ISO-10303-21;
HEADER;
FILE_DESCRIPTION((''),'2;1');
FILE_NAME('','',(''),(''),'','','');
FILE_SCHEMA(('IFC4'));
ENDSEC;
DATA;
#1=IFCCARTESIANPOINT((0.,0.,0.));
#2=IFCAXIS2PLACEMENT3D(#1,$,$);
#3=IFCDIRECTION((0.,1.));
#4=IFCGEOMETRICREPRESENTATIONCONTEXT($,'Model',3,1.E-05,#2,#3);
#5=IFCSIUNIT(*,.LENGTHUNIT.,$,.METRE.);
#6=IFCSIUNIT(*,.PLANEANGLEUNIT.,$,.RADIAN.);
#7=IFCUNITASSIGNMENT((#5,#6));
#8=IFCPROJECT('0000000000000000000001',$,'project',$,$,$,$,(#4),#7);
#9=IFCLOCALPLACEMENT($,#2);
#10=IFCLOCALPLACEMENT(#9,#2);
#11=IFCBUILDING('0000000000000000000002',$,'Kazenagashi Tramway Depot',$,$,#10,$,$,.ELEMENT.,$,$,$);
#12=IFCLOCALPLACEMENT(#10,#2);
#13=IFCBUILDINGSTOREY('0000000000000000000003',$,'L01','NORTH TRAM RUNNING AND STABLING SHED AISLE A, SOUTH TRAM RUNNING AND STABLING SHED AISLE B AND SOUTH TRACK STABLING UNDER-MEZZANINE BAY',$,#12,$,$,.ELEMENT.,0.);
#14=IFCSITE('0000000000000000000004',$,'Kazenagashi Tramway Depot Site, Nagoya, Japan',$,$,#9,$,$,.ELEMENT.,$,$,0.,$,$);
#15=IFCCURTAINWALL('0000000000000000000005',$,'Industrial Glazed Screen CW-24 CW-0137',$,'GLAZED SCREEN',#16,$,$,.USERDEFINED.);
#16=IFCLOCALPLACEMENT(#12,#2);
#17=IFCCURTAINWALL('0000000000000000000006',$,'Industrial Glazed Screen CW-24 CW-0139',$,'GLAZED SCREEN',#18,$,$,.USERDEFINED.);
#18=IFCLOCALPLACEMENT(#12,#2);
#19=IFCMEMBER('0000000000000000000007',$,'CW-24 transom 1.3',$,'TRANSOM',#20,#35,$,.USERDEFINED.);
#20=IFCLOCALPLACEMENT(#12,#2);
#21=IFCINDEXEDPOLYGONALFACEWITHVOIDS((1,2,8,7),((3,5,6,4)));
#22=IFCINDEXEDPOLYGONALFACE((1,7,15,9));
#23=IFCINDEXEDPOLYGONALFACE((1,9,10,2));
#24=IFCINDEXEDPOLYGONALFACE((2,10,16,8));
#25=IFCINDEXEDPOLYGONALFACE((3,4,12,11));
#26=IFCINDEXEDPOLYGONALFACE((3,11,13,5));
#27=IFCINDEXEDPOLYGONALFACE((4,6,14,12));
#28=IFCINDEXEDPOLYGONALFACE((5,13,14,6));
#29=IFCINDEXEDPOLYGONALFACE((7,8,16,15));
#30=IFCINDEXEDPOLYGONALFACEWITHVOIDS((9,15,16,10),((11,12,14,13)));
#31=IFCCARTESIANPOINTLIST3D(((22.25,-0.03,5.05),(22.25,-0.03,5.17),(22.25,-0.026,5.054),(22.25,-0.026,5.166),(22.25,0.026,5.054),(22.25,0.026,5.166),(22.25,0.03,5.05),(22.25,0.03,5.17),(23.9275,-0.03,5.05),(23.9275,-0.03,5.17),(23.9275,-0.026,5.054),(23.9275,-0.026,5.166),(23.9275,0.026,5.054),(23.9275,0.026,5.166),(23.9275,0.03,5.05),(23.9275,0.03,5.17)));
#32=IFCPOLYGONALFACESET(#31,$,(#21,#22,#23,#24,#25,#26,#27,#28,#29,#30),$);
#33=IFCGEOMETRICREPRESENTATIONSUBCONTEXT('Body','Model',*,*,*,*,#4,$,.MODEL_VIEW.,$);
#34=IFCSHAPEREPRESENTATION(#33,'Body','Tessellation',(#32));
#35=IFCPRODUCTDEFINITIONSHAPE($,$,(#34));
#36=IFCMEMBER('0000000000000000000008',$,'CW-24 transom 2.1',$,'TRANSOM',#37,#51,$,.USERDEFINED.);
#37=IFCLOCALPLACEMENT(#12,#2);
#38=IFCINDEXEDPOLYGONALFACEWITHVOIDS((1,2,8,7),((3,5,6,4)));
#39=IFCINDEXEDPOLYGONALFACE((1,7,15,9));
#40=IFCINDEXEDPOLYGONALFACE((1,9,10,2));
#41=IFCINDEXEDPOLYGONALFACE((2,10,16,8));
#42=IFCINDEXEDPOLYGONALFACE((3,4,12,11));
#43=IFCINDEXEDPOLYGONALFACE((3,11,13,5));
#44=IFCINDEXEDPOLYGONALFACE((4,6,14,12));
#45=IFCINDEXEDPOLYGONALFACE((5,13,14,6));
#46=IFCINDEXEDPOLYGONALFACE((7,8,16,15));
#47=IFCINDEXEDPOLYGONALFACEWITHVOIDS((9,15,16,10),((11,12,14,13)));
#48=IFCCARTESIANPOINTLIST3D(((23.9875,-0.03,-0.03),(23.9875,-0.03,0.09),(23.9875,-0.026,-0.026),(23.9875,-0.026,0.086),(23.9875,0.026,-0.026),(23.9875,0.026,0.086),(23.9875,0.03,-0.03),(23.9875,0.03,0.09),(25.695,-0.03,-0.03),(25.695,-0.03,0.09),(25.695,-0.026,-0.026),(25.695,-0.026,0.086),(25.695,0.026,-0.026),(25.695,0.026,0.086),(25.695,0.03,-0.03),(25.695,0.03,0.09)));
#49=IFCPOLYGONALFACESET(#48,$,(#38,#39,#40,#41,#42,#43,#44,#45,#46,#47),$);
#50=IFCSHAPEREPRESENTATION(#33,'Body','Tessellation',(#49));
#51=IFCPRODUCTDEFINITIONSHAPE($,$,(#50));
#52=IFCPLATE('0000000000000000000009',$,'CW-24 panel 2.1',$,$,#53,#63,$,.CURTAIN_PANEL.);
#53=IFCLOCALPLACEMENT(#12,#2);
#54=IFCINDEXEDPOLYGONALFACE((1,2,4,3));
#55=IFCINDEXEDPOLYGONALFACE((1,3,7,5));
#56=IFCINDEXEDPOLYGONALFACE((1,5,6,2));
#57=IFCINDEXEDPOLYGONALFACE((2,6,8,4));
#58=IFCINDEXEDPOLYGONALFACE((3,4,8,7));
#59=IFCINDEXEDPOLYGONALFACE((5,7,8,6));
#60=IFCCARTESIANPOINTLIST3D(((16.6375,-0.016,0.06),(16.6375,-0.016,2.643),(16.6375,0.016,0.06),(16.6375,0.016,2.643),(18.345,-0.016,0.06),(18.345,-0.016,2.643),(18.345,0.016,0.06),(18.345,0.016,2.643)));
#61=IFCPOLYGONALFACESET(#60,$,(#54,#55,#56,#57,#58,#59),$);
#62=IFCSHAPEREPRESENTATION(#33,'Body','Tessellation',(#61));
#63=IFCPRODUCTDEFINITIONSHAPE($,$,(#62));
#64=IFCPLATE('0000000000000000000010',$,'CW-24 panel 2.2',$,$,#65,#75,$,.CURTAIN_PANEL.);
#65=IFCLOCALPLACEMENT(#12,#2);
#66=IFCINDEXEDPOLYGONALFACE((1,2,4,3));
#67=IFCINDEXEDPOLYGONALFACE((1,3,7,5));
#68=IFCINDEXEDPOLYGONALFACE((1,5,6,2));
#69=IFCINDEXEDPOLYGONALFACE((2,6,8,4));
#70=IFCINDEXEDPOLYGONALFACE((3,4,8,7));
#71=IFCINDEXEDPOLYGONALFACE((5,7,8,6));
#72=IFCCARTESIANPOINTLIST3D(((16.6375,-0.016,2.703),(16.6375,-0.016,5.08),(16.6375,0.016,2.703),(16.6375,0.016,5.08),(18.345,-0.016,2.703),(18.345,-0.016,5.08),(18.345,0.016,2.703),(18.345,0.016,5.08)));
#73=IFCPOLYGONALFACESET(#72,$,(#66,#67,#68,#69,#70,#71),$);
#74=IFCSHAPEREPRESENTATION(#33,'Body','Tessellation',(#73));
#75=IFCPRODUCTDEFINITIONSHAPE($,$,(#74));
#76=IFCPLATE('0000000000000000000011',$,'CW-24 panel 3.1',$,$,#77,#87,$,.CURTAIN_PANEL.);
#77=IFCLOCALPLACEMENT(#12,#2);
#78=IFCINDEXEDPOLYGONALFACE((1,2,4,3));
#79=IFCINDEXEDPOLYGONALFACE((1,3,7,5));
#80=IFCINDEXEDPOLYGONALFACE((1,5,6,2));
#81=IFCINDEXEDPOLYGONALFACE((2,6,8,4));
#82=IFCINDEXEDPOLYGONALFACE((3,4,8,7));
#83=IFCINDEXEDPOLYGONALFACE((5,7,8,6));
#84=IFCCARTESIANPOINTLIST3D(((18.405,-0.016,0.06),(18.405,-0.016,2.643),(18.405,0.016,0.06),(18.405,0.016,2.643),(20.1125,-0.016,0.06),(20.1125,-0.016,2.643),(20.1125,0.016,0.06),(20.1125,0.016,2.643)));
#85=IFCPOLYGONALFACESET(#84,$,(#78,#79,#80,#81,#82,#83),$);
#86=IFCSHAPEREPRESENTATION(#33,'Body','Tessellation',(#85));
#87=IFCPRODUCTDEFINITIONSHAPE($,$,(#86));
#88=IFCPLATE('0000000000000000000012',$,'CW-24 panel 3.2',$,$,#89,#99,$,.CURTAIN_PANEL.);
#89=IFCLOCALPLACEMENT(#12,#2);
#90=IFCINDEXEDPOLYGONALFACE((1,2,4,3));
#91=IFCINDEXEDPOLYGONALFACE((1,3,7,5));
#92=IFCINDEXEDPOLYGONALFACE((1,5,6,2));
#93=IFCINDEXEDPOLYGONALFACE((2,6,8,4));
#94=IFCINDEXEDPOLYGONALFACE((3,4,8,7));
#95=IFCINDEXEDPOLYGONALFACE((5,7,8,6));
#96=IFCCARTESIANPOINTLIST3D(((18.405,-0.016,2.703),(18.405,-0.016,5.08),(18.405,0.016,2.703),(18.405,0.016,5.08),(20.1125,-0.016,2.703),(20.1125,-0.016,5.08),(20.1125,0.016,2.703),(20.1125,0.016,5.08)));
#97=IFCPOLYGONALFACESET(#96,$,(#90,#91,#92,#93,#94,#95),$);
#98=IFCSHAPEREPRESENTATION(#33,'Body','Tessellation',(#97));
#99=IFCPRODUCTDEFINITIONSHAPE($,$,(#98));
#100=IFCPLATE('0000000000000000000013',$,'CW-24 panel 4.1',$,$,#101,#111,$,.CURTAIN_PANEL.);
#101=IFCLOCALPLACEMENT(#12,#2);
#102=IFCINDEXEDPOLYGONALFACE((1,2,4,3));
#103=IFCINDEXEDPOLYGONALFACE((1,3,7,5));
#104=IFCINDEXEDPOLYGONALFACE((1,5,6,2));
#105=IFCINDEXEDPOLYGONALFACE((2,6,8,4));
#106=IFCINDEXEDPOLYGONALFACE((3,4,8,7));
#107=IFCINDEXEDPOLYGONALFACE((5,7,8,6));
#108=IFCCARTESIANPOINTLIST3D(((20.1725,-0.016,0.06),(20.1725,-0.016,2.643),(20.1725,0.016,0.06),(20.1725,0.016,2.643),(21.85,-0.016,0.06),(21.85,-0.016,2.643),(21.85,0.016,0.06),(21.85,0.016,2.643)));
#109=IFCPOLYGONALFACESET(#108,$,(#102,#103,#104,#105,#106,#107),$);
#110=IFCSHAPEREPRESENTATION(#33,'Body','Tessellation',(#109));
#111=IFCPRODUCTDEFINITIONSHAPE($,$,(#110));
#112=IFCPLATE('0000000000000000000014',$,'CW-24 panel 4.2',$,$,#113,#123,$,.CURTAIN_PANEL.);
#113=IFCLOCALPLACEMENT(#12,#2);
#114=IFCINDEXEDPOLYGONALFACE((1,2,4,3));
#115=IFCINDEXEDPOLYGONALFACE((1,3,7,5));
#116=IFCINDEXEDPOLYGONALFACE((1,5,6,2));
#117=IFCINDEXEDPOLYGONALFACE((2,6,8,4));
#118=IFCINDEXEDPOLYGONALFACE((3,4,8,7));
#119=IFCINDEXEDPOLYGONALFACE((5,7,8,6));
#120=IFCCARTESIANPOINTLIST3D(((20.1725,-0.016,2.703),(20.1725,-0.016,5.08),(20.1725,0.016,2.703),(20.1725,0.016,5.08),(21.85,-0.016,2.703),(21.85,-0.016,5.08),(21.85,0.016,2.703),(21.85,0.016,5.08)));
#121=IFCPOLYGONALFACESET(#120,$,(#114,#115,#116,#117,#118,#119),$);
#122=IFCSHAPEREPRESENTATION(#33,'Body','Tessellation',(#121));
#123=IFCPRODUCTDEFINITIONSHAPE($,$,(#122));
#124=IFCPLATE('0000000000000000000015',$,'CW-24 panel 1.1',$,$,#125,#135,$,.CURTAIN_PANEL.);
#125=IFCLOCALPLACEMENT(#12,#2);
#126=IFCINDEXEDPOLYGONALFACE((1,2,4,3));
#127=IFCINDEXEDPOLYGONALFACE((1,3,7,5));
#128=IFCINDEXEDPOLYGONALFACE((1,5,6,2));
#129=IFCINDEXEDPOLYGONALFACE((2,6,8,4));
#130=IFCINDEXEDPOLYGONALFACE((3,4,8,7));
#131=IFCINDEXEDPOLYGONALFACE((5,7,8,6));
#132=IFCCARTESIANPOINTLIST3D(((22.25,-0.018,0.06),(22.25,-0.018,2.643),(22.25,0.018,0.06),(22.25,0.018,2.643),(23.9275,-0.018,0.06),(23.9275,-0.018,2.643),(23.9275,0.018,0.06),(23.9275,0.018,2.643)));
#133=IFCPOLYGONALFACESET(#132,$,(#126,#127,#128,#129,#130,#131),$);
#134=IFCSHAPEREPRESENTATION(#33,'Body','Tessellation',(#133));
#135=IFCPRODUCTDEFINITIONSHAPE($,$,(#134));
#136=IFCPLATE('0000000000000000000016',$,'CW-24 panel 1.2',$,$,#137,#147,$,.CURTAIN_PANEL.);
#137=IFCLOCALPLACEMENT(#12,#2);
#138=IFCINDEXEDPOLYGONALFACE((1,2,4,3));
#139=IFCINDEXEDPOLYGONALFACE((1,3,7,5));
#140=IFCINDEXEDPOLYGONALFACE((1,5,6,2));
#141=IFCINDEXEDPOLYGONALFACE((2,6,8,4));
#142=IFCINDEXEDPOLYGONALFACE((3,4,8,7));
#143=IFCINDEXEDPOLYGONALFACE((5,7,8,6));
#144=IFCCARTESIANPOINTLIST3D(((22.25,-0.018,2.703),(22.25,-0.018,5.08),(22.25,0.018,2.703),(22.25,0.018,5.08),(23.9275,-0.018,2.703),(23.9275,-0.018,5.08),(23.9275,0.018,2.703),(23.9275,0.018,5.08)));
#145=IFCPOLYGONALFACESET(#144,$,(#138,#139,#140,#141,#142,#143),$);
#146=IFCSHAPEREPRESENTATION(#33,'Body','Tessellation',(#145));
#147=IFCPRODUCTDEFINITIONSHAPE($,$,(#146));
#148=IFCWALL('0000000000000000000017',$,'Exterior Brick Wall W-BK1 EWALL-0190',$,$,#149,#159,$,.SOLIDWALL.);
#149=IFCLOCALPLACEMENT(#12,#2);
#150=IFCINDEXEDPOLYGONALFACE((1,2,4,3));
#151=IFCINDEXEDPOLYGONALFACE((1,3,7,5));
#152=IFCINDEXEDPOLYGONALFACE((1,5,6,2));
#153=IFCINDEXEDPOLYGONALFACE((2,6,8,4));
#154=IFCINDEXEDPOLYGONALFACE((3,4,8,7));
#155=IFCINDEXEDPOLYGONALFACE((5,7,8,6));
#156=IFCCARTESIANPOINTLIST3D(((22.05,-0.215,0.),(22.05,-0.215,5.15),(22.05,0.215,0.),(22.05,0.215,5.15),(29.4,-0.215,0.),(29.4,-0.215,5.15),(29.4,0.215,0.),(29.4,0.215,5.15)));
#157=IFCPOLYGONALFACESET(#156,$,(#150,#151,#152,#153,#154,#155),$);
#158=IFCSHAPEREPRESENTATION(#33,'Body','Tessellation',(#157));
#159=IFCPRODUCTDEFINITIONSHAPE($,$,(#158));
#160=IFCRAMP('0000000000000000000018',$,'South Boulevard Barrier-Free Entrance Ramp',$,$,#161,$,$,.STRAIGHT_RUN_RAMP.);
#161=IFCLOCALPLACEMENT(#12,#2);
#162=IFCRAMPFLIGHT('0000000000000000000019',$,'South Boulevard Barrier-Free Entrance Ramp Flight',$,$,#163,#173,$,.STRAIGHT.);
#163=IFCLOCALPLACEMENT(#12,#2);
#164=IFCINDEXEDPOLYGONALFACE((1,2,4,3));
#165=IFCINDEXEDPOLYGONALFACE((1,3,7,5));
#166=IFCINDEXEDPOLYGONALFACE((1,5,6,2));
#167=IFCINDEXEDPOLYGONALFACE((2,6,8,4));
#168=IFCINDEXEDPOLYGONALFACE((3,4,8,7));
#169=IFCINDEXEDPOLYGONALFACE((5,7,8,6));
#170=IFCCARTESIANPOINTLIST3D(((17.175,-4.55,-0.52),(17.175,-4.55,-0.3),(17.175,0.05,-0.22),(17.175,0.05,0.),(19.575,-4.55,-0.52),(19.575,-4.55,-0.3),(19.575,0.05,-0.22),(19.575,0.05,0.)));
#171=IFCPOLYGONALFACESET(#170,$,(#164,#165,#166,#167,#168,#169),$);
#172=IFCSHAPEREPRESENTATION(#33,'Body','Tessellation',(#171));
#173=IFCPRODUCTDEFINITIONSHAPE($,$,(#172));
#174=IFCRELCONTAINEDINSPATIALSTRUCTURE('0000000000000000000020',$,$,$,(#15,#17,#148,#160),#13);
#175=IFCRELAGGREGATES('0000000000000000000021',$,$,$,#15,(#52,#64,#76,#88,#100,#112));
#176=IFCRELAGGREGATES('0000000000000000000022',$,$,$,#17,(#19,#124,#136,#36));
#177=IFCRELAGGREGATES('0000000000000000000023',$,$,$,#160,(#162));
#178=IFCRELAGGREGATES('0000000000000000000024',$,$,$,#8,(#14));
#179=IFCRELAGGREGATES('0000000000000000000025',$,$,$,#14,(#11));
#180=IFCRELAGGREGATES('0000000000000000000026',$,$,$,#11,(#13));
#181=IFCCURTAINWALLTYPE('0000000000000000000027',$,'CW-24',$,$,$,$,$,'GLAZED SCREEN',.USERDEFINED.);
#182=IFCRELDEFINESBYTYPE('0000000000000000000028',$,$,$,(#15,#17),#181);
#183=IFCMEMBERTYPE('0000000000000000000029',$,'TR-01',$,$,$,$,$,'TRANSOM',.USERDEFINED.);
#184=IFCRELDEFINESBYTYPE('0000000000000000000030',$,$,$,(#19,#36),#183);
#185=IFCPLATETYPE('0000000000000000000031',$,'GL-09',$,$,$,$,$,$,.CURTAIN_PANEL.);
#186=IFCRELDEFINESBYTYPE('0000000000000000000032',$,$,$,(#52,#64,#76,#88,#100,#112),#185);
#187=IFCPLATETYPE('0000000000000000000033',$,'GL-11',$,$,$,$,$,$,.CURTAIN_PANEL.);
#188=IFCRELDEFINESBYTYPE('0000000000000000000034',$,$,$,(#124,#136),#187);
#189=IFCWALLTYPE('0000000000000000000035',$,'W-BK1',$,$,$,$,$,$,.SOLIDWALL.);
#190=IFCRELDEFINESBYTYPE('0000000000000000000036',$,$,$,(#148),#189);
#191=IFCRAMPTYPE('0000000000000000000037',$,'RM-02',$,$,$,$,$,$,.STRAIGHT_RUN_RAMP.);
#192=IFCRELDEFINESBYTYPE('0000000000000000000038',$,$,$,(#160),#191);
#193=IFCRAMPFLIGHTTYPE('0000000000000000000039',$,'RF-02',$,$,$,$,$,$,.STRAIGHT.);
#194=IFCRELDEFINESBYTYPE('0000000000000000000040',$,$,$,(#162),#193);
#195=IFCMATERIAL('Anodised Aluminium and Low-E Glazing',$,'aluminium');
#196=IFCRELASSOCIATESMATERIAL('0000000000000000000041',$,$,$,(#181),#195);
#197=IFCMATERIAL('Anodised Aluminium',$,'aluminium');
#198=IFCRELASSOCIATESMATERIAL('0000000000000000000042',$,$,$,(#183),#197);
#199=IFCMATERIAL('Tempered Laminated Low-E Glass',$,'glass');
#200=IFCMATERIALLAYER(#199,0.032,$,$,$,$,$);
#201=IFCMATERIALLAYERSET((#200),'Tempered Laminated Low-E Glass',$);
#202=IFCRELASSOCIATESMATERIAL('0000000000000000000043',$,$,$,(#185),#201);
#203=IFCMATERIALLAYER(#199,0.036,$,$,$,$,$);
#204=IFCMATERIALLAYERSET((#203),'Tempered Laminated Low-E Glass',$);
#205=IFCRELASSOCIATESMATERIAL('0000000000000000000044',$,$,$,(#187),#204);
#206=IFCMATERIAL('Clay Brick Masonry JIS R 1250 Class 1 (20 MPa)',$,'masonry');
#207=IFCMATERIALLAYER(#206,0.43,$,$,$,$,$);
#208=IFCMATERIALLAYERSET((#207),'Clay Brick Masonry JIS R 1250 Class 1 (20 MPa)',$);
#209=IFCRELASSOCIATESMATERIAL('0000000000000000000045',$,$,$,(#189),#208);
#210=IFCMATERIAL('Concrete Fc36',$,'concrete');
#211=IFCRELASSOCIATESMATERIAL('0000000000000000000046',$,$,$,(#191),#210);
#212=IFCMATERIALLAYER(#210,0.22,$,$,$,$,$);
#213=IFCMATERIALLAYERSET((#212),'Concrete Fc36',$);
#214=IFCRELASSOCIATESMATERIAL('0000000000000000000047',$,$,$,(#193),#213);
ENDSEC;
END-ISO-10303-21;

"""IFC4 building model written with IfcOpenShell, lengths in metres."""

from ifc_helpers import new_model, si_unit, direction, frame, frame_2d, origin, origin_2d, place, context, subcontext, project, spatial, polyline, rectangle, hollow_rectangle, outline, extrude, material, layer, layer_set, material_profile, profile_set, type_object, element, aggregate, save


model = new_model("IFC4")

# Units and contexts
model_context = context("Model", 3, precision=1e-05, world=origin(), true_north=direction((0.0, 1.0)))
body_context = subcontext(model_context, "Body", "Model", "MODEL_VIEW")
ifc_project = project(units=[si_unit("LENGTHUNIT", "METRE"), si_unit("PLANEANGLEUNIT", "RADIAN")], contexts=[model_context])

# Site, building, storey
site_placement = place(None, origin())
site = spatial("IfcSite", under=ifc_project, at=site_placement, Name="Kazenagashi Tramway Depot Site, Nagoya, Japan", CompositionType="ELEMENT", RefElevation=0.0)
building_placement = place(site_placement, origin())
building = spatial("IfcBuilding", under=site, at=building_placement, Name="Kazenagashi Tramway Depot", CompositionType="ELEMENT")
storey_placement = place(building_placement, origin())
storey = spatial("IfcBuildingStorey", under=building, at=storey_placement, Name="L01", Description="NORTH TRAM RUNNING AND STABLING SHED AISLE A, SOUTH TRAM RUNNING AND STABLING SHED AISLE B AND SOUTH TRACK STABLING UNDER-MEZZANINE BAY", CompositionType="ELEMENT", Elevation=0.0)

# Curtain walls
ifc_material_1 = material(Name="Anodised Aluminium and Low-E Glazing", Category="aluminium")
curtain_wall_type = type_object("IfcCurtainWallType", Name="CW-24", ElementType="GLAZED SCREEN", PredefinedType="USERDEFINED", material=ifc_material_1)
curtain_wall_1_placement = place(storey_placement, origin())
curtain_wall_1 = element("IfcCurtainWall", 1, at=curtain_wall_1_placement, inside=storey, type_object=curtain_wall_type, Name="Industrial Glazed Screen CW-24 CW-0137", ObjectType="GLAZED SCREEN", PredefinedType="USERDEFINED")
ifc_material_2 = material(Name="Anodised Aluminium", Category="aluminium")
curtain_wall_2_placement = place(storey_placement, origin())
curtain_wall_2 = element("IfcCurtainWall", 2, at=curtain_wall_2_placement, inside=storey, type_object=curtain_wall_type, Name="Industrial Glazed Screen CW-24 CW-0139", ObjectType="GLAZED SCREEN", PredefinedType="USERDEFINED")

# Members
ifc_material_profile_1 = material_profile(ifc_material_2, hollow_rectangle(XDim=0.06, YDim=0.12, WallThickness=0.004, at=origin_2d()), Name="RHS-120x60x4")
ifc_profile_set_1 = profile_set([ifc_material_profile_1], Name="Anodised Aluminium")
member_type_1 = type_object("IfcMemberType", Name="TR-01", ElementType="TRANSOM", PredefinedType="USERDEFINED", material=ifc_profile_set_1)
member_1_placement = place(storey_placement, frame((22.25, 0.0, 5.11), z_axis=(1.0, 0.0, 0.0), x_axis=(0.0, 1.0, 0.0)))
member_1 = element("IfcMember", 3, at=member_1_placement, type_object=member_type_1, Name="CW-24 transom 1.3", ObjectType="TRANSOM", PredefinedType="USERDEFINED", context=body_context, shape_type="SweptSolid", body=[
    extrude(hollow_rectangle(XDim=0.06, YDim=0.12, WallThickness=0.004, at=origin_2d()), origin(), (0.0, 0.0, 1.0), 1.6775),
])
member_2_placement = place(storey_placement, frame((23.9875, 0.0, 0.03), z_axis=(1.0, 0.0, 0.0), x_axis=(0.0, 1.0, 0.0)))
member_2 = element("IfcMember", 4, at=member_2_placement, type_object=member_type_1, Name="CW-24 transom 2.1", ObjectType="TRANSOM", PredefinedType="USERDEFINED", context=body_context, shape_type="SweptSolid", body=[
    extrude(hollow_rectangle(XDim=0.06, YDim=0.12, WallThickness=0.004, at=origin_2d()), origin(), (0.0, 0.0, 1.0), 1.7075),
])

# Plates
ifc_material_3 = material(Name="Tempered Laminated Low-E Glass", Category="glass")
ifc_layer_1 = layer(ifc_material_3, 0.032)
ifc_layer_set_1 = layer_set([ifc_layer_1], Name="Tempered Laminated Low-E Glass")
plate_type_1 = type_object("IfcPlateType", Name="GL-09", PredefinedType="CURTAIN_PANEL", material=ifc_layer_set_1)
plate_1_placement = place(storey_placement, frame((17.4913, 0.0, 0.06), z_axis=(0.0, 0.0, 1.0), x_axis=(1.0, 0.0, 0.0)))
plate_1 = element("IfcPlate", 5, at=plate_1_placement, type_object=plate_type_1, Name="CW-24 panel 2.1", PredefinedType="CURTAIN_PANEL", context=body_context, shape_type="SweptSolid", body=[
    extrude(rectangle(XDim=1.7075, YDim=0.032, at=origin_2d()), origin(), (0.0, 0.0, 1.0), 2.583),
])
plate_2_placement = place(storey_placement, frame((17.4913, 0.0, 2.703), z_axis=(0.0, 0.0, 1.0), x_axis=(1.0, 0.0, 0.0)))
plate_2 = element("IfcPlate", 6, at=plate_2_placement, type_object=plate_type_1, Name="CW-24 panel 2.2", PredefinedType="CURTAIN_PANEL", context=body_context, shape_type="SweptSolid", body=[
    extrude(rectangle(XDim=1.7075, YDim=0.032, at=origin_2d()), origin(), (0.0, 0.0, 1.0), 2.377),
])
plate_3_placement = place(storey_placement, frame((19.2587, 0.0, 0.06), z_axis=(0.0, 0.0, 1.0), x_axis=(1.0, 0.0, 0.0)))
plate_3 = element("IfcPlate", 7, at=plate_3_placement, type_object=plate_type_1, Name="CW-24 panel 3.1", PredefinedType="CURTAIN_PANEL", context=body_context, shape_type="SweptSolid", body=[
    extrude(rectangle(XDim=1.7075, YDim=0.032, at=origin_2d()), origin(), (0.0, 0.0, 1.0), 2.583),
])
plate_4_placement = place(storey_placement, frame((19.2587, 0.0, 2.703), z_axis=(0.0, 0.0, 1.0), x_axis=(1.0, 0.0, 0.0)))
plate_4 = element("IfcPlate", 8, at=plate_4_placement, type_object=plate_type_1, Name="CW-24 panel 3.2", PredefinedType="CURTAIN_PANEL", context=body_context, shape_type="SweptSolid", body=[
    extrude(rectangle(XDim=1.7075, YDim=0.032, at=origin_2d()), origin(), (0.0, 0.0, 1.0), 2.377),
])
plate_5_placement = place(storey_placement, frame((21.0113, 0.0, 0.06), z_axis=(0.0, 0.0, 1.0), x_axis=(1.0, 0.0, 0.0)))
plate_5 = element("IfcPlate", 9, at=plate_5_placement, type_object=plate_type_1, Name="CW-24 panel 4.1", PredefinedType="CURTAIN_PANEL", context=body_context, shape_type="SweptSolid", body=[
    extrude(rectangle(XDim=1.6775, YDim=0.032, at=origin_2d()), origin(), (0.0, 0.0, 1.0), 2.583),
])
plate_6_placement = place(storey_placement, frame((21.0113, 0.0, 2.703), z_axis=(0.0, 0.0, 1.0), x_axis=(1.0, 0.0, 0.0)))
plate_6 = element("IfcPlate", 10, at=plate_6_placement, type_object=plate_type_1, Name="CW-24 panel 4.2", PredefinedType="CURTAIN_PANEL", context=body_context, shape_type="SweptSolid", body=[
    extrude(rectangle(XDim=1.6775, YDim=0.032, at=origin_2d()), origin(), (0.0, 0.0, 1.0), 2.377),
])
aggregate(curtain_wall_1, [plate_1, plate_2, plate_3, plate_4, plate_5, plate_6])
ifc_layer_2 = layer(ifc_material_3, 0.036)
ifc_layer_set_2 = layer_set([ifc_layer_2], Name="Tempered Laminated Low-E Glass")
plate_type_2 = type_object("IfcPlateType", Name="GL-11", PredefinedType="CURTAIN_PANEL", material=ifc_layer_set_2)
plate_7_placement = place(storey_placement, frame((23.0888, 0.0, 0.06), z_axis=(0.0, 0.0, 1.0), x_axis=(1.0, 0.0, 0.0)))
plate_7 = element("IfcPlate", 11, at=plate_7_placement, type_object=plate_type_2, Name="CW-24 panel 1.1", PredefinedType="CURTAIN_PANEL", context=body_context, shape_type="SweptSolid", body=[
    extrude(rectangle(XDim=1.6775, YDim=0.036, at=origin_2d()), origin(), (0.0, 0.0, 1.0), 2.583),
])
plate_8_placement = place(storey_placement, frame((23.0888, 0.0, 2.703), z_axis=(0.0, 0.0, 1.0), x_axis=(1.0, 0.0, 0.0)))
plate_8 = element("IfcPlate", 12, at=plate_8_placement, type_object=plate_type_2, Name="CW-24 panel 1.2", PredefinedType="CURTAIN_PANEL", context=body_context, shape_type="SweptSolid", body=[
    extrude(rectangle(XDim=1.6775, YDim=0.036, at=origin_2d()), origin(), (0.0, 0.0, 1.0), 2.377),
])
aggregate(curtain_wall_2, [member_1, plate_7, plate_8, member_2])

# Wall
ifc_material_4 = material(Name="Clay Brick Masonry JIS R 1250 Class 1 (20 MPa)", Category="masonry")
ifc_layer_3 = layer(ifc_material_4, 0.43)
ifc_layer_set_3 = layer_set([ifc_layer_3], Name="Clay Brick Masonry JIS R 1250 Class 1 (20 MPa)")
wall_type = type_object("IfcWallType", Name="W-BK1", PredefinedType="SOLIDWALL", material=ifc_layer_set_3)
wall_placement = place(storey_placement, frame((22.05, 0.0, 0.0), z_axis=(0.0, 0.0, 1.0), x_axis=(1.0, 0.0, 0.0)))
element("IfcWall", 13, at=wall_placement, inside=storey, type_object=wall_type, Name="Exterior Brick Wall W-BK1 EWALL-0190", PredefinedType="SOLIDWALL", context=body_context, shape_type="SweptSolid", body=[
    extrude(rectangle(XDim=7.35, YDim=0.43, at=frame_2d((3.675, 0.0))), origin(), (0.0, 0.0, 1.0), 5.15),
])

# Ramp, ramp flight
ifc_material_5 = material(Name="Concrete Fc36", Category="concrete")
ramp_type = type_object("IfcRampType", Name="RM-02", PredefinedType="STRAIGHT_RUN_RAMP", material=ifc_material_5)
ramp_placement = place(storey_placement, origin())
ramp = element("IfcRamp", 14, at=ramp_placement, inside=storey, type_object=ramp_type, Name="South Boulevard Barrier-Free Entrance Ramp", PredefinedType="STRAIGHT_RUN_RAMP")
ifc_layer_4 = layer(ifc_material_5, 0.22)
ifc_layer_set_4 = layer_set([ifc_layer_4], Name="Concrete Fc36")
ramp_flight_type = type_object("IfcRampFlightType", Name="RF-02", PredefinedType="STRAIGHT", material=ifc_layer_set_4)
ramp_flight_placement = place(storey_placement, frame((18.375, -4.55, -0.3), z_axis=(0.0, 0.0, 1.0), x_axis=(0.0, 1.0, 0.0)))
ramp_flight = element("IfcRampFlight", 15, at=ramp_flight_placement, type_object=ramp_flight_type, Name="South Boulevard Barrier-Free Entrance Ramp Flight", PredefinedType="STRAIGHT", context=body_context, shape_type="SweptSolid", body=[
    extrude(outline(polyline([(0.0, 0.0), (4.6, 0.3), (4.6, 0.08), (0.0, -0.22), (0.0, 0.0)])), frame((0.0, 1.2, 0.0), z_axis=(0.0, -1.0, 0.0), x_axis=(1.0, 0.0, 0.0)), (0.0, 0.0, 1.0), 2.4),
])
aggregate(ramp, [ramp_flight])

save(model, "model.ifc")
